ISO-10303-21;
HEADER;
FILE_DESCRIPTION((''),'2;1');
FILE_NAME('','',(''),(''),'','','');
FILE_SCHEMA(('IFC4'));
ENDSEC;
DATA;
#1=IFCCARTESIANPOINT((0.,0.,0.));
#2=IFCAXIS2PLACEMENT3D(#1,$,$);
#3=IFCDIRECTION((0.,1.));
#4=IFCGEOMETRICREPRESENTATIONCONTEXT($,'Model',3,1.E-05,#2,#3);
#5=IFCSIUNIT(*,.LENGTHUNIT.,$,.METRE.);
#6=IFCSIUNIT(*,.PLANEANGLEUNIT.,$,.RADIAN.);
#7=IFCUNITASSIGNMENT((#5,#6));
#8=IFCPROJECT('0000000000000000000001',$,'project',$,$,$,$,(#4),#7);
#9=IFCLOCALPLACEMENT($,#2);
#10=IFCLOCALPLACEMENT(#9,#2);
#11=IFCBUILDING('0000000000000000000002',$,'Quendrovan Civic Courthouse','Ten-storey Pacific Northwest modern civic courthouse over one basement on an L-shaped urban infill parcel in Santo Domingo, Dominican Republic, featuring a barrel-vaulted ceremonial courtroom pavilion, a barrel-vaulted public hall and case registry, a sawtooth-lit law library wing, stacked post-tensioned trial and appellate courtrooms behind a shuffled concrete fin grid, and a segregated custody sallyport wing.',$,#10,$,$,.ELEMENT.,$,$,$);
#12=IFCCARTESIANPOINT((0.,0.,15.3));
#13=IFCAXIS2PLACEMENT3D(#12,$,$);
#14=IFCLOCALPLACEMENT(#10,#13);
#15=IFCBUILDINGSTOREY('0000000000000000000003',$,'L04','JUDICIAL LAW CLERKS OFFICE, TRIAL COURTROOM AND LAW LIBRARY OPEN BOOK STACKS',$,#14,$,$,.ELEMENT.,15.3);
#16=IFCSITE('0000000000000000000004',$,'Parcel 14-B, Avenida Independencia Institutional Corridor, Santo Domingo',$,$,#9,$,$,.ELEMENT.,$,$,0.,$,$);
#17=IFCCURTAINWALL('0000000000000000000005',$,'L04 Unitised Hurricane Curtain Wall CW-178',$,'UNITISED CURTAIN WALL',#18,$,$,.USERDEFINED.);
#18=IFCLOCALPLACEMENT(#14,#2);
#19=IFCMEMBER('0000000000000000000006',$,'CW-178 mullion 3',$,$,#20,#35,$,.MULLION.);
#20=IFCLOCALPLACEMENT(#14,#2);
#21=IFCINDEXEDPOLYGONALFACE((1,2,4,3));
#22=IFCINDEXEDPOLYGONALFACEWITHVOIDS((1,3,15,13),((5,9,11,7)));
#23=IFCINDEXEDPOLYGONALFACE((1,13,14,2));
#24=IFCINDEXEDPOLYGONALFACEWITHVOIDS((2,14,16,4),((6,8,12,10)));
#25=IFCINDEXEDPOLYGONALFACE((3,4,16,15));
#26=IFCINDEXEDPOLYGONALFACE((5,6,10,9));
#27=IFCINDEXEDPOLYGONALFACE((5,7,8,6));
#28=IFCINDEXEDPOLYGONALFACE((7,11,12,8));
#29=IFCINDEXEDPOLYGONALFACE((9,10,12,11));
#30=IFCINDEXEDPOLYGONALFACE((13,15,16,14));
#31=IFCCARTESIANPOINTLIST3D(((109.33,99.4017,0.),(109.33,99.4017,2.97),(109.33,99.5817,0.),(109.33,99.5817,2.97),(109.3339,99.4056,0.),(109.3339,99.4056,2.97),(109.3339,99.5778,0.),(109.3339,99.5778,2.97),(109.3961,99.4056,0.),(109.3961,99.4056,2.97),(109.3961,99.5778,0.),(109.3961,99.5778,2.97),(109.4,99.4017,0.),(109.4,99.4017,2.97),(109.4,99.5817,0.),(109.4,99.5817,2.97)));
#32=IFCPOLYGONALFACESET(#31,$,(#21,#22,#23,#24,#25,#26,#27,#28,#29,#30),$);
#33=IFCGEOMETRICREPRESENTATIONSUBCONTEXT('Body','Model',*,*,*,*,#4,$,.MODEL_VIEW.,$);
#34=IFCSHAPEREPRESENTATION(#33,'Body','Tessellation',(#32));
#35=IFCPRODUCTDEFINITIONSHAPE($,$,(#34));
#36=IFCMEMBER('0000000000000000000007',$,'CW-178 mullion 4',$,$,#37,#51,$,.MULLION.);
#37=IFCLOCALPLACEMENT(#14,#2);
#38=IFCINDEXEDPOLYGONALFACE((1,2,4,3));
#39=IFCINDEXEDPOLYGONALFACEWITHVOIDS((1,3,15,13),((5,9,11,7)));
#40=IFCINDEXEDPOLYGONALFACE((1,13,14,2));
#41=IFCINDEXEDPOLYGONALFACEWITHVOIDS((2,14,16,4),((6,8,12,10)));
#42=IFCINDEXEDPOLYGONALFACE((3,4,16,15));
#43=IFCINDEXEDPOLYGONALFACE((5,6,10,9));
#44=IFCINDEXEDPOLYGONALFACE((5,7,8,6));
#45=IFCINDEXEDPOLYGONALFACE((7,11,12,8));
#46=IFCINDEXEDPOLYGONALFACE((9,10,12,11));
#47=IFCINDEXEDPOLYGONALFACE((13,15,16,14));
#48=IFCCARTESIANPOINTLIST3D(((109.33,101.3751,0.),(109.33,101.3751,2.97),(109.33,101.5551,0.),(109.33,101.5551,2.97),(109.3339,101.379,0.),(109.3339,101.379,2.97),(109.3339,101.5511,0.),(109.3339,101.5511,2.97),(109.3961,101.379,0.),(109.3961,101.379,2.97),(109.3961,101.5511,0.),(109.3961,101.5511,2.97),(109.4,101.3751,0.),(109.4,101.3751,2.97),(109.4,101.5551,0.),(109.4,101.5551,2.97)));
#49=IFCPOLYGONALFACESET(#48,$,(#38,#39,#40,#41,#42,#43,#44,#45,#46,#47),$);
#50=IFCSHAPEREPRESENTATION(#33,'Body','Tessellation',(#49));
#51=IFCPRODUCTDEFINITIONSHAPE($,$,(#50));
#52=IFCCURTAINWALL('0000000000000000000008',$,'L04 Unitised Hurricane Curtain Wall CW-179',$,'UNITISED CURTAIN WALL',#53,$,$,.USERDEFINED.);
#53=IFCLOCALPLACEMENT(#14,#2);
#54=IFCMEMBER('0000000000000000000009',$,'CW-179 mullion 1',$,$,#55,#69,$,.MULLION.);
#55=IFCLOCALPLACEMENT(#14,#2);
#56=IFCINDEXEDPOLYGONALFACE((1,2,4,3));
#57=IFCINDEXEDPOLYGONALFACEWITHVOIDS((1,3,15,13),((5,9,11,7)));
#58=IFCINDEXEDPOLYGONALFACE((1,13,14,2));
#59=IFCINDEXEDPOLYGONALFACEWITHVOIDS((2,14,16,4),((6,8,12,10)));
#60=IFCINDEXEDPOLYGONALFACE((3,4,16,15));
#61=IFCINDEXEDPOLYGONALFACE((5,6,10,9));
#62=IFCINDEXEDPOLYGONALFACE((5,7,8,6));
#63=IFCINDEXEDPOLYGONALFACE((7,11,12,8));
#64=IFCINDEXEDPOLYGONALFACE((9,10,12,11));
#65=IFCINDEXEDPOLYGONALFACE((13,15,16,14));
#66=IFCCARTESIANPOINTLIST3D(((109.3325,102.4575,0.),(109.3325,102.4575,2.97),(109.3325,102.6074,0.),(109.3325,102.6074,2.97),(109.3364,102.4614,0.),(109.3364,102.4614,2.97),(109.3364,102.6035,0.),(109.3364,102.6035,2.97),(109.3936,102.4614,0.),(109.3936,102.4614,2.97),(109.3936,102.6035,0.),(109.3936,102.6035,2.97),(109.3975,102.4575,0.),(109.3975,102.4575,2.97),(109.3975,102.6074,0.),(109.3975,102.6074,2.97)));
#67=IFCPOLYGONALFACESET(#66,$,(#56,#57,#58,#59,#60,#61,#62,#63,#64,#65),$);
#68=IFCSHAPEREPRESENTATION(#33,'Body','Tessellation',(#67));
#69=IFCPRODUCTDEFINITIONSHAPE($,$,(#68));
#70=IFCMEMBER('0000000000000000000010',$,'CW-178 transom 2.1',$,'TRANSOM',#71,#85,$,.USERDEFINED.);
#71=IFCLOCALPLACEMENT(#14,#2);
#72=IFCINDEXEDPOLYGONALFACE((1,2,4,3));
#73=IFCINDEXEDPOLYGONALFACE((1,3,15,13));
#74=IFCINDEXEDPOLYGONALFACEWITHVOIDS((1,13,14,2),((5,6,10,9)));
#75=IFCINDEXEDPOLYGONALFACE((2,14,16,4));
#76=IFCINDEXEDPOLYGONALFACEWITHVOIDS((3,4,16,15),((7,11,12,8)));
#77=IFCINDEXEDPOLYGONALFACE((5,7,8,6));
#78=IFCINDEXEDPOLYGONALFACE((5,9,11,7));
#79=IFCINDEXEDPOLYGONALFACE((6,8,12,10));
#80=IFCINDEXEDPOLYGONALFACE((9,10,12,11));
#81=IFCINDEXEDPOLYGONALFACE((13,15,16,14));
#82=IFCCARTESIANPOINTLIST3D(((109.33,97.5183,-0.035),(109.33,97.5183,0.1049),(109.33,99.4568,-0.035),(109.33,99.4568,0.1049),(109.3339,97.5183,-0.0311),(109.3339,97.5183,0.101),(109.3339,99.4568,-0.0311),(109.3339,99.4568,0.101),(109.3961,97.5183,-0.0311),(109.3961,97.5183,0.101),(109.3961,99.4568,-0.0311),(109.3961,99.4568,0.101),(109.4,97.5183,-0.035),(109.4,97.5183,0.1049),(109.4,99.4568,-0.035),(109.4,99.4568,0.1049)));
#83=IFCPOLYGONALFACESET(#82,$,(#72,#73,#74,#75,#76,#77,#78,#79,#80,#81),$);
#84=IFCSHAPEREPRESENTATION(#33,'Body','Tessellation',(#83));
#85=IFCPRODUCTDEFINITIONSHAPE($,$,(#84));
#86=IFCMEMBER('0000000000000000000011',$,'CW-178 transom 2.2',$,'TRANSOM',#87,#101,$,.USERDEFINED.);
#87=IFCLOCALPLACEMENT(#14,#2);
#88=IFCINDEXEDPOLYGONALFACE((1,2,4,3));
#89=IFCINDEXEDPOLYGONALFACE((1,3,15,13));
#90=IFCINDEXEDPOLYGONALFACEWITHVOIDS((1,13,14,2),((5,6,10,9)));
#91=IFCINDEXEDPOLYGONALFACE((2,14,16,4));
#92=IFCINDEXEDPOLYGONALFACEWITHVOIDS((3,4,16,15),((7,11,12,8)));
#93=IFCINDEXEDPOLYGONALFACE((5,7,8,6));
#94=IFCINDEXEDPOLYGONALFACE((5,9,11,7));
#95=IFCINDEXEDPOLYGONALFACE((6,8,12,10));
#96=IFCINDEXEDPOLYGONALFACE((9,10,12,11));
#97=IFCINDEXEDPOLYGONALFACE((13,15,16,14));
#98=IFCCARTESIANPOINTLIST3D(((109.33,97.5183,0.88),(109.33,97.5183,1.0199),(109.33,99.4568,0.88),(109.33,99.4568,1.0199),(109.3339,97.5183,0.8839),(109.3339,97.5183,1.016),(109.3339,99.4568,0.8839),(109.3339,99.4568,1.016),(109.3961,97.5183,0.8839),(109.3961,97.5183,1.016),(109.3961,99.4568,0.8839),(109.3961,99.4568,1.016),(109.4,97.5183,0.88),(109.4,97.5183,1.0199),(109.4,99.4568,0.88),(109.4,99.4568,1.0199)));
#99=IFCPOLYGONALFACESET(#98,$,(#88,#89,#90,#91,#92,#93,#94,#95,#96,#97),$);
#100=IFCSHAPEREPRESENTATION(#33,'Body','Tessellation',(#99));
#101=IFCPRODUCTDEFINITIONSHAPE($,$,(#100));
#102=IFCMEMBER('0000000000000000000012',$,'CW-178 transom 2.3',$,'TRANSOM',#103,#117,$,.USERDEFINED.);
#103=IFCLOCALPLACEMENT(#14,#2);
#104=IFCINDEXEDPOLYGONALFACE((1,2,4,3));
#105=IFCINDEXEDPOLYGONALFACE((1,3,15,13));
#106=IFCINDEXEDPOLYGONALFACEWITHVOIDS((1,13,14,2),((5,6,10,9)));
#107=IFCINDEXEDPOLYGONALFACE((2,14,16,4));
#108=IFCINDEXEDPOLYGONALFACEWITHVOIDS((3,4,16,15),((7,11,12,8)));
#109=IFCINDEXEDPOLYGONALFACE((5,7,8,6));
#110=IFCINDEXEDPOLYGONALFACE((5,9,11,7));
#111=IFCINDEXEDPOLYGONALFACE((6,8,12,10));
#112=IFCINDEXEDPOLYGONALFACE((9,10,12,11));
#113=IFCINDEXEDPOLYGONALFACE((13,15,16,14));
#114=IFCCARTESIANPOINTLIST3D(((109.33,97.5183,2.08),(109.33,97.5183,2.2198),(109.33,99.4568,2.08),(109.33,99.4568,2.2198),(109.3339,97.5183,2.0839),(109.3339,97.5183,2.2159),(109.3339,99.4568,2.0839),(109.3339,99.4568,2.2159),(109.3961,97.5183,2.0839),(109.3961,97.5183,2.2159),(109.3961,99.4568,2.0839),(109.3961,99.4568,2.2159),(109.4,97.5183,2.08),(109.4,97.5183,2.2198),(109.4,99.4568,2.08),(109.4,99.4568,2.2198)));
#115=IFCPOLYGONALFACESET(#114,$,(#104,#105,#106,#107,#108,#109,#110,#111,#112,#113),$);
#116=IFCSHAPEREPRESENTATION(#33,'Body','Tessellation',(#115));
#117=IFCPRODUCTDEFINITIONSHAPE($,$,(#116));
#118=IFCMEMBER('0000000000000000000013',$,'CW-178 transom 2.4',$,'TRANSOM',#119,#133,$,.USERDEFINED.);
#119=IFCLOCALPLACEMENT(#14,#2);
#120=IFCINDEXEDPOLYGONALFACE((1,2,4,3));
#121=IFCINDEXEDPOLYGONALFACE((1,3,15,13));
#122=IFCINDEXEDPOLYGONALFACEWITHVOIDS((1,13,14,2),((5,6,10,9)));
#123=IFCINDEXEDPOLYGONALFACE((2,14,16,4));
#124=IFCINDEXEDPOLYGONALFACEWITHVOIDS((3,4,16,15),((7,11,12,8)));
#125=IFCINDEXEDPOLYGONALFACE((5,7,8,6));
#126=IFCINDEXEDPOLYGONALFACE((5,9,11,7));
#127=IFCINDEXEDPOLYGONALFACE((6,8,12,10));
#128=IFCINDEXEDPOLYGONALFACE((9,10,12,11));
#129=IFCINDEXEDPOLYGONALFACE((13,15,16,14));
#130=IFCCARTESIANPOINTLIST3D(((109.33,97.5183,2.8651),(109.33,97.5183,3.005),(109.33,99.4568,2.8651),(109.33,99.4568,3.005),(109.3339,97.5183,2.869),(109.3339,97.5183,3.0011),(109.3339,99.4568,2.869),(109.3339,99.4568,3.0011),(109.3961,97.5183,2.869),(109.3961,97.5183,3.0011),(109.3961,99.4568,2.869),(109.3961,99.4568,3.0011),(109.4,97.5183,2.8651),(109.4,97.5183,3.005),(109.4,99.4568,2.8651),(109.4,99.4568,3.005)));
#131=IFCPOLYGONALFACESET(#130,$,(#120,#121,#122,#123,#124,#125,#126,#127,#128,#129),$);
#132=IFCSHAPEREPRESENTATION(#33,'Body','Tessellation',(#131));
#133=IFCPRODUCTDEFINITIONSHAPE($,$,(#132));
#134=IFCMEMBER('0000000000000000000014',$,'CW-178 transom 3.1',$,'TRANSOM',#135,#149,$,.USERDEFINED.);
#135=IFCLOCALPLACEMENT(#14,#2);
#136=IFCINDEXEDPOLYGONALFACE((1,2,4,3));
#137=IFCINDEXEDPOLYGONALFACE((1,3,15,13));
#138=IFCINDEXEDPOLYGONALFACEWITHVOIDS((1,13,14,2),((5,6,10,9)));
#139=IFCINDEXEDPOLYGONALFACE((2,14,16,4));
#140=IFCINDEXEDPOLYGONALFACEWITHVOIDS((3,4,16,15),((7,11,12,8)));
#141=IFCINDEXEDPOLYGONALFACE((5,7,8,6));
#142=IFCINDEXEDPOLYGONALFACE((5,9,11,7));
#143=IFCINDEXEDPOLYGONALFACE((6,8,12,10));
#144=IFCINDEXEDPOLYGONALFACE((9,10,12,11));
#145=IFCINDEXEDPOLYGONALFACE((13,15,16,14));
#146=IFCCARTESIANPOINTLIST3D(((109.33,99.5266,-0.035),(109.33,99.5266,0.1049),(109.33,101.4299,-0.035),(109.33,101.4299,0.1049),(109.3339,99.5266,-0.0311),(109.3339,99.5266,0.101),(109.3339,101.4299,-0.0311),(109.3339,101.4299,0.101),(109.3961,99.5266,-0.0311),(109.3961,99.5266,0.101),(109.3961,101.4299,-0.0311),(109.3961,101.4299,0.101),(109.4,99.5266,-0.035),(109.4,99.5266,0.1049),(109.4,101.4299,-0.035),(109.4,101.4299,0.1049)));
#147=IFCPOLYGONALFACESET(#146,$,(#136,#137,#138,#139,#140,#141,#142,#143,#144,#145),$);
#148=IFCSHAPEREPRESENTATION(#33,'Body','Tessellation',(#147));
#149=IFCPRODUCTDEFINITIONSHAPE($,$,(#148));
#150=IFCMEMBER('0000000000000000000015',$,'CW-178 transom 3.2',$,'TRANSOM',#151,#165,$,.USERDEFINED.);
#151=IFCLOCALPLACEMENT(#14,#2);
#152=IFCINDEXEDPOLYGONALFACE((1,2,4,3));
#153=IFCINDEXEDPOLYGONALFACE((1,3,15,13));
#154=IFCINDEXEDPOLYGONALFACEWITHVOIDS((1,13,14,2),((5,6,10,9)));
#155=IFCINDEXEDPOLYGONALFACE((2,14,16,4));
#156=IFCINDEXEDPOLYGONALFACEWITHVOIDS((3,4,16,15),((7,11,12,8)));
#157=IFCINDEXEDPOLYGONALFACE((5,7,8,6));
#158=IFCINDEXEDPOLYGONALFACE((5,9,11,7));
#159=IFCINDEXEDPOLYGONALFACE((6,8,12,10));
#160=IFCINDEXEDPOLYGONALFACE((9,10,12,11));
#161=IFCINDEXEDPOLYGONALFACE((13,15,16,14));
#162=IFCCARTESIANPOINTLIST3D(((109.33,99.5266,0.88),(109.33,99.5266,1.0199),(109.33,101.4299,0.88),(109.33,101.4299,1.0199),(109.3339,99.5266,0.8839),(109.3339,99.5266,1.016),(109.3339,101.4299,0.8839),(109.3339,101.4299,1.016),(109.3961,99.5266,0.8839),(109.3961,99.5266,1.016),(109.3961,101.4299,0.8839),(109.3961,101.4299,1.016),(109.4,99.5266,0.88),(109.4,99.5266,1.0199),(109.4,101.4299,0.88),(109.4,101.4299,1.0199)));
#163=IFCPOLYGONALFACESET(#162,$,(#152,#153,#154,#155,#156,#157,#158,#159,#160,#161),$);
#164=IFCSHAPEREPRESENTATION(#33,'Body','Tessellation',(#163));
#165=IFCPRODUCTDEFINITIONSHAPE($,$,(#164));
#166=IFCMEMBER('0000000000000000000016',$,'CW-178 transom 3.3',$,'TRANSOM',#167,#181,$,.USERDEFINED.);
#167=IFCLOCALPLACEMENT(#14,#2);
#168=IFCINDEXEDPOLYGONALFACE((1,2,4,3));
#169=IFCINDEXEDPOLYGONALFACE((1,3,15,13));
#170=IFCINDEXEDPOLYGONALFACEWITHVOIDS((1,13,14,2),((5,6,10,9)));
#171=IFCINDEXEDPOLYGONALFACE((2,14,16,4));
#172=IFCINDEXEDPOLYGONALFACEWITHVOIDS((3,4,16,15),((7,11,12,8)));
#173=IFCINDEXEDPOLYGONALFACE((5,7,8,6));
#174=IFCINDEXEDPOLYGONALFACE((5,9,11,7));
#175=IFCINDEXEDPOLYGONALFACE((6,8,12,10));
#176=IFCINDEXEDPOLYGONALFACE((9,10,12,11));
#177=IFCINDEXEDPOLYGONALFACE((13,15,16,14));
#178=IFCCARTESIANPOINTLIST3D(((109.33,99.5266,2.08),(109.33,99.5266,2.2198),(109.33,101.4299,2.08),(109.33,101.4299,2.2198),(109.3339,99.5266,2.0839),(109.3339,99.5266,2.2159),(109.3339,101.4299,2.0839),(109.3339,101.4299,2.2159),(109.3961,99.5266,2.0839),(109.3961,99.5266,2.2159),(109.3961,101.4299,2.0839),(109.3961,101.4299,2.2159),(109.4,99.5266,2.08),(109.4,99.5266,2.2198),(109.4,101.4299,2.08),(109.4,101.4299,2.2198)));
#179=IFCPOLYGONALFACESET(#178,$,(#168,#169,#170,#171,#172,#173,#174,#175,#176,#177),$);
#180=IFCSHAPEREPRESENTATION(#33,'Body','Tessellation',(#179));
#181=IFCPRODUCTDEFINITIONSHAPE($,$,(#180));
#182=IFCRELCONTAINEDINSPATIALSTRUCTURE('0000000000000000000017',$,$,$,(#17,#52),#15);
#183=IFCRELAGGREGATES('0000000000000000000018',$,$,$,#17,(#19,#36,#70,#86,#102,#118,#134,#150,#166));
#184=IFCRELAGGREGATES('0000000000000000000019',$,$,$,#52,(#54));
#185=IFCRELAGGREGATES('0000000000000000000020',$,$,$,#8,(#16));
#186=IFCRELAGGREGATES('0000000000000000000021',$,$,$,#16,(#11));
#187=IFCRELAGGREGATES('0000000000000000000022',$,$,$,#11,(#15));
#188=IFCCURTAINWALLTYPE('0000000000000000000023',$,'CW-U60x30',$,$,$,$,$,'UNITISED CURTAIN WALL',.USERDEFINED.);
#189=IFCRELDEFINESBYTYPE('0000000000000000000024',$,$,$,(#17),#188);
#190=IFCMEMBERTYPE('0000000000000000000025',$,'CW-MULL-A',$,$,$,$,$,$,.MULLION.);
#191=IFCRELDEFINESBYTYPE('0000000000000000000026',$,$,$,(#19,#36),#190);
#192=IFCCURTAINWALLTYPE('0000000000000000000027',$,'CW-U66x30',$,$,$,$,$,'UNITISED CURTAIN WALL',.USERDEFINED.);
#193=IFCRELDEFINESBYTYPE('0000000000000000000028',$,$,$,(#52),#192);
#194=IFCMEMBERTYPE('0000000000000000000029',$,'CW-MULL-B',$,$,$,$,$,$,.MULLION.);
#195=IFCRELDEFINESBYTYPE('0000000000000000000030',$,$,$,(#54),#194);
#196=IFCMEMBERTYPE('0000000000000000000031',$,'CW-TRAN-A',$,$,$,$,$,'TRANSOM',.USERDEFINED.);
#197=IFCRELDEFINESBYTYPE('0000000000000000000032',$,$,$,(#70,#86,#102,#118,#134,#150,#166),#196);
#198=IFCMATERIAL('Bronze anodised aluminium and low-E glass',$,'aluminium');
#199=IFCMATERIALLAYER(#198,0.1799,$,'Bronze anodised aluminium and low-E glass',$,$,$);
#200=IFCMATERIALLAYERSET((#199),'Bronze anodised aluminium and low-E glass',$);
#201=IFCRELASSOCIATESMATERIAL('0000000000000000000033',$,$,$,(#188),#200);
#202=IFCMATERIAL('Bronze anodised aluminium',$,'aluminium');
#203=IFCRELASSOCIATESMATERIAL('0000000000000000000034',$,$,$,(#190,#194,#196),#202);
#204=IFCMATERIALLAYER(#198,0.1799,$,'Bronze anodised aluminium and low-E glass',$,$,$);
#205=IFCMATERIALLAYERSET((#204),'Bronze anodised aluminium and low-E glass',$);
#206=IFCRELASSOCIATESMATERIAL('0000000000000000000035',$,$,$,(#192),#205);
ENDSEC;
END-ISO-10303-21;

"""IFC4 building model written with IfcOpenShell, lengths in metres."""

from ifc_helpers import new_model, si_unit, direction, frame, origin, origin_2d, place, context, subcontext, project, spatial, hollow_rectangle, extrude, material, layer, layer_set, material_profile, profile_set, type_object, element, aggregate, save


model = new_model("IFC4")

# Units and contexts
model_context = context("Model", 3, precision=1e-05, world=origin(), true_north=direction((0.0, 1.0)))
body_context = subcontext(model_context, "Body", "Model", "MODEL_VIEW")
ifc_project = project(units=[si_unit("LENGTHUNIT", "METRE"), si_unit("PLANEANGLEUNIT", "RADIAN")], contexts=[model_context])

# Site, building, storey
site_placement = place(None, origin())
site = spatial("IfcSite", under=ifc_project, at=site_placement, Name="Parcel 14-B, Avenida Independencia Institutional Corridor, Santo Domingo", CompositionType="ELEMENT", RefElevation=0.0)
building_placement = place(site_placement, origin())
building = spatial("IfcBuilding", under=site, at=building_placement, Name="Quendrovan Civic Courthouse", Description="Ten-storey Pacific Northwest modern civic courthouse over one basement on an L-shaped urban infill parcel in Santo Domingo, Dominican Republic, featuring a barrel-vaulted ceremonial courtroom pavilion, a barrel-vaulted public hall and case registry, a sawtooth-lit law library wing, stacked post-tensioned trial and appellate courtrooms behind a shuffled concrete fin grid, and a segregated custody sallyport wing.", CompositionType="ELEMENT")
storey_placement = place(building_placement, frame((0.0, 0.0, 15.3)))
storey = spatial("IfcBuildingStorey", under=building, at=storey_placement, Name="L04", Description="JUDICIAL LAW CLERKS OFFICE, TRIAL COURTROOM AND LAW LIBRARY OPEN BOOK STACKS", CompositionType="ELEMENT", Elevation=15.3)

# Curtain wall, members
ifc_material_1 = material(Name="Bronze anodised aluminium and low-E glass", Category="aluminium")
ifc_layer_1 = layer(ifc_material_1, 0.1799, Name="Bronze anodised aluminium and low-E glass")
ifc_layer_set_1 = layer_set([ifc_layer_1], Name="Bronze anodised aluminium and low-E glass")
curtain_wall_type_1 = type_object("IfcCurtainWallType", Name="CW-U60x30", ElementType="UNITISED CURTAIN WALL", PredefinedType="USERDEFINED", material=ifc_layer_set_1)
curtain_wall_1_placement = place(storey_placement, origin())
curtain_wall_1 = element("IfcCurtainWall", 1, at=curtain_wall_1_placement, inside=storey, type_object=curtain_wall_type_1, Name="L04 Unitised Hurricane Curtain Wall CW-178", ObjectType="UNITISED CURTAIN WALL", PredefinedType="USERDEFINED")
ifc_material_2 = material(Name="Bronze anodised aluminium", Category="aluminium")
ifc_material_profile_1 = material_profile(ifc_material_2, hollow_rectangle(XDim=0.0701, YDim=0.1799, WallThickness=0.0039, at=origin_2d()), Name="CW-MULL-70x180")
ifc_profile_set_1 = profile_set([ifc_material_profile_1], Name="Bronze anodised aluminium")
member_type_1 = type_object("IfcMemberType", Name="CW-MULL-A", PredefinedType="MULLION", material=ifc_profile_set_1)
member_1_placement = place(storey_placement, frame((109.365, 99.4917, 0.0), z_axis=(0.0, 0.0, 1.0), x_axis=(-1.0, 0.0, 0.0)))
member_1 = element("IfcMember", 2, at=member_1_placement, type_object=member_type_1, Name="CW-178 mullion 3", PredefinedType="MULLION", context=body_context, shape_type="SweptSolid", body=[
    extrude(hollow_rectangle(XDim=0.0701, YDim=0.1799, WallThickness=0.0039, at=origin_2d()), origin(), (0.0, 0.0, 1.0), 2.97),
])
member_2_placement = place(storey_placement, frame((109.365, 101.4651, 0.0), z_axis=(0.0, 0.0, 1.0), x_axis=(-1.0, 0.0, 0.0)))
member_2 = element("IfcMember", 3, at=member_2_placement, type_object=member_type_1, Name="CW-178 mullion 4", PredefinedType="MULLION", context=body_context, shape_type="SweptSolid", body=[
    extrude(hollow_rectangle(XDim=0.0701, YDim=0.1799, WallThickness=0.0039, at=origin_2d()), origin(), (0.0, 0.0, 1.0), 2.97),
])

# Curtain wall, member
ifc_layer_2 = layer(ifc_material_1, 0.1799, Name="Bronze anodised aluminium and low-E glass")
ifc_layer_set_2 = layer_set([ifc_layer_2], Name="Bronze anodised aluminium and low-E glass")
curtain_wall_type_2 = type_object("IfcCurtainWallType", Name="CW-U66x30", ElementType="UNITISED CURTAIN WALL", PredefinedType="USERDEFINED", material=ifc_layer_set_2)
curtain_wall_2_placement = place(storey_placement, origin())
curtain_wall_2 = element("IfcCurtainWall", 4, at=curtain_wall_2_placement, inside=storey, type_object=curtain_wall_type_2, Name="L04 Unitised Hurricane Curtain Wall CW-179", ObjectType="UNITISED CURTAIN WALL", PredefinedType="USERDEFINED")
ifc_material_profile_2 = material_profile(ifc_material_2, hollow_rectangle(XDim=0.0649, YDim=0.1499, WallThickness=0.0039, at=origin_2d()), Name="CW-MULL-65x150")
ifc_profile_set_2 = profile_set([ifc_material_profile_2], Name="Bronze anodised aluminium")
member_type_2 = type_object("IfcMemberType", Name="CW-MULL-B", PredefinedType="MULLION", material=ifc_profile_set_2)
member_3_placement = place(storey_placement, frame((109.365, 102.5325, 0.0), z_axis=(0.0, 0.0, 1.0), x_axis=(-1.0, 0.0, 0.0)))
member_3 = element("IfcMember", 5, at=member_3_placement, type_object=member_type_2, Name="CW-179 mullion 1", PredefinedType="MULLION", context=body_context, shape_type="SweptSolid", body=[
    extrude(hollow_rectangle(XDim=0.0649, YDim=0.1499, WallThickness=0.0039, at=origin_2d()), origin(), (0.0, 0.0, 1.0), 2.97),
])

# Members
ifc_material_profile_3 = material_profile(ifc_material_2, hollow_rectangle(XDim=0.0701, YDim=0.1399, WallThickness=0.0039, at=origin_2d()), Name="CW-TRAN-70x140")
ifc_profile_set_3 = profile_set([ifc_material_profile_3], Name="Bronze anodised aluminium")
member_type_3 = type_object("IfcMemberType", Name="CW-TRAN-A", ElementType="TRANSOM", PredefinedType="USERDEFINED", material=ifc_profile_set_3)
member_4_placement = place(storey_placement, frame((109.365, 97.5183, 0.0349), z_axis=(0.0, 1.0, 0.0), x_axis=(-1.0, 0.0, 0.0)))
member_4 = element("IfcMember", 6, at=member_4_placement, type_object=member_type_3, Name="CW-178 transom 2.1", ObjectType="TRANSOM", PredefinedType="USERDEFINED", context=body_context, shape_type="SweptSolid", body=[
    extrude(hollow_rectangle(XDim=0.0701, YDim=0.1399, WallThickness=0.0039, at=origin_2d()), origin(), (0.0, 0.0, 1.0), 1.9385),
])
member_5_placement = place(storey_placement, frame((109.365, 97.5183, 0.95), z_axis=(0.0, 1.0, 0.0), x_axis=(-1.0, 0.0, 0.0)))
member_5 = element("IfcMember", 7, at=member_5_placement, type_object=member_type_3, Name="CW-178 transom 2.2", ObjectType="TRANSOM", PredefinedType="USERDEFINED", context=body_context, shape_type="SweptSolid", body=[
    extrude(hollow_rectangle(XDim=0.0701, YDim=0.1399, WallThickness=0.0039, at=origin_2d()), origin(), (0.0, 0.0, 1.0), 1.9385),
])
member_6_placement = place(storey_placement, frame((109.365, 97.5183, 2.1499), z_axis=(0.0, 1.0, 0.0), x_axis=(-1.0, 0.0, 0.0)))
member_6 = element("IfcMember", 8, at=member_6_placement, type_object=member_type_3, Name="CW-178 transom 2.3", ObjectType="TRANSOM", PredefinedType="USERDEFINED", context=body_context, shape_type="SweptSolid", body=[
    extrude(hollow_rectangle(XDim=0.0701, YDim=0.1399, WallThickness=0.0039, at=origin_2d()), origin(), (0.0, 0.0, 1.0), 1.9385),
])
member_7_placement = place(storey_placement, frame((109.365, 97.5183, 2.9351), z_axis=(0.0, 1.0, 0.0), x_axis=(-1.0, 0.0, 0.0)))
member_7 = element("IfcMember", 9, at=member_7_placement, type_object=member_type_3, Name="CW-178 transom 2.4", ObjectType="TRANSOM", PredefinedType="USERDEFINED", context=body_context, shape_type="SweptSolid", body=[
    extrude(hollow_rectangle(XDim=0.0701, YDim=0.1399, WallThickness=0.0039, at=origin_2d()), origin(), (0.0, 0.0, 1.0), 1.9385),
])
member_8_placement = place(storey_placement, frame((109.365, 99.5266, 0.0349), z_axis=(0.0, 1.0, 0.0), x_axis=(-1.0, 0.0, 0.0)))
member_8 = element("IfcMember", 10, at=member_8_placement, type_object=member_type_3, Name="CW-178 transom 3.1", ObjectType="TRANSOM", PredefinedType="USERDEFINED", context=body_context, shape_type="SweptSolid", body=[
    extrude(hollow_rectangle(XDim=0.0701, YDim=0.1399, WallThickness=0.0039, at=origin_2d()), origin(), (0.0, 0.0, 1.0), 1.9033),
])
member_9_placement = place(storey_placement, frame((109.365, 99.5266, 0.95), z_axis=(0.0, 1.0, 0.0), x_axis=(-1.0, 0.0, 0.0)))
member_9 = element("IfcMember", 11, at=member_9_placement, type_object=member_type_3, Name="CW-178 transom 3.2", ObjectType="TRANSOM", PredefinedType="USERDEFINED", context=body_context, shape_type="SweptSolid", body=[
    extrude(hollow_rectangle(XDim=0.0701, YDim=0.1399, WallThickness=0.0039, at=origin_2d()), origin(), (0.0, 0.0, 1.0), 1.9033),
])
member_10_placement = place(storey_placement, frame((109.365, 99.5266, 2.1499), z_axis=(0.0, 1.0, 0.0), x_axis=(-1.0, 0.0, 0.0)))
member_10 = element("IfcMember", 12, at=member_10_placement, type_object=member_type_3, Name="CW-178 transom 3.3", ObjectType="TRANSOM", PredefinedType="USERDEFINED", context=body_context, shape_type="SweptSolid", body=[
    extrude(hollow_rectangle(XDim=0.0701, YDim=0.1399, WallThickness=0.0039, at=origin_2d()), origin(), (0.0, 0.0, 1.0), 1.9033),
])

aggregate(curtain_wall_1, [member_1, member_2, member_4, member_5, member_6, member_7, member_8, member_9, member_10])
aggregate(curtain_wall_2, [member_3])

save(model, "model.ifc")
